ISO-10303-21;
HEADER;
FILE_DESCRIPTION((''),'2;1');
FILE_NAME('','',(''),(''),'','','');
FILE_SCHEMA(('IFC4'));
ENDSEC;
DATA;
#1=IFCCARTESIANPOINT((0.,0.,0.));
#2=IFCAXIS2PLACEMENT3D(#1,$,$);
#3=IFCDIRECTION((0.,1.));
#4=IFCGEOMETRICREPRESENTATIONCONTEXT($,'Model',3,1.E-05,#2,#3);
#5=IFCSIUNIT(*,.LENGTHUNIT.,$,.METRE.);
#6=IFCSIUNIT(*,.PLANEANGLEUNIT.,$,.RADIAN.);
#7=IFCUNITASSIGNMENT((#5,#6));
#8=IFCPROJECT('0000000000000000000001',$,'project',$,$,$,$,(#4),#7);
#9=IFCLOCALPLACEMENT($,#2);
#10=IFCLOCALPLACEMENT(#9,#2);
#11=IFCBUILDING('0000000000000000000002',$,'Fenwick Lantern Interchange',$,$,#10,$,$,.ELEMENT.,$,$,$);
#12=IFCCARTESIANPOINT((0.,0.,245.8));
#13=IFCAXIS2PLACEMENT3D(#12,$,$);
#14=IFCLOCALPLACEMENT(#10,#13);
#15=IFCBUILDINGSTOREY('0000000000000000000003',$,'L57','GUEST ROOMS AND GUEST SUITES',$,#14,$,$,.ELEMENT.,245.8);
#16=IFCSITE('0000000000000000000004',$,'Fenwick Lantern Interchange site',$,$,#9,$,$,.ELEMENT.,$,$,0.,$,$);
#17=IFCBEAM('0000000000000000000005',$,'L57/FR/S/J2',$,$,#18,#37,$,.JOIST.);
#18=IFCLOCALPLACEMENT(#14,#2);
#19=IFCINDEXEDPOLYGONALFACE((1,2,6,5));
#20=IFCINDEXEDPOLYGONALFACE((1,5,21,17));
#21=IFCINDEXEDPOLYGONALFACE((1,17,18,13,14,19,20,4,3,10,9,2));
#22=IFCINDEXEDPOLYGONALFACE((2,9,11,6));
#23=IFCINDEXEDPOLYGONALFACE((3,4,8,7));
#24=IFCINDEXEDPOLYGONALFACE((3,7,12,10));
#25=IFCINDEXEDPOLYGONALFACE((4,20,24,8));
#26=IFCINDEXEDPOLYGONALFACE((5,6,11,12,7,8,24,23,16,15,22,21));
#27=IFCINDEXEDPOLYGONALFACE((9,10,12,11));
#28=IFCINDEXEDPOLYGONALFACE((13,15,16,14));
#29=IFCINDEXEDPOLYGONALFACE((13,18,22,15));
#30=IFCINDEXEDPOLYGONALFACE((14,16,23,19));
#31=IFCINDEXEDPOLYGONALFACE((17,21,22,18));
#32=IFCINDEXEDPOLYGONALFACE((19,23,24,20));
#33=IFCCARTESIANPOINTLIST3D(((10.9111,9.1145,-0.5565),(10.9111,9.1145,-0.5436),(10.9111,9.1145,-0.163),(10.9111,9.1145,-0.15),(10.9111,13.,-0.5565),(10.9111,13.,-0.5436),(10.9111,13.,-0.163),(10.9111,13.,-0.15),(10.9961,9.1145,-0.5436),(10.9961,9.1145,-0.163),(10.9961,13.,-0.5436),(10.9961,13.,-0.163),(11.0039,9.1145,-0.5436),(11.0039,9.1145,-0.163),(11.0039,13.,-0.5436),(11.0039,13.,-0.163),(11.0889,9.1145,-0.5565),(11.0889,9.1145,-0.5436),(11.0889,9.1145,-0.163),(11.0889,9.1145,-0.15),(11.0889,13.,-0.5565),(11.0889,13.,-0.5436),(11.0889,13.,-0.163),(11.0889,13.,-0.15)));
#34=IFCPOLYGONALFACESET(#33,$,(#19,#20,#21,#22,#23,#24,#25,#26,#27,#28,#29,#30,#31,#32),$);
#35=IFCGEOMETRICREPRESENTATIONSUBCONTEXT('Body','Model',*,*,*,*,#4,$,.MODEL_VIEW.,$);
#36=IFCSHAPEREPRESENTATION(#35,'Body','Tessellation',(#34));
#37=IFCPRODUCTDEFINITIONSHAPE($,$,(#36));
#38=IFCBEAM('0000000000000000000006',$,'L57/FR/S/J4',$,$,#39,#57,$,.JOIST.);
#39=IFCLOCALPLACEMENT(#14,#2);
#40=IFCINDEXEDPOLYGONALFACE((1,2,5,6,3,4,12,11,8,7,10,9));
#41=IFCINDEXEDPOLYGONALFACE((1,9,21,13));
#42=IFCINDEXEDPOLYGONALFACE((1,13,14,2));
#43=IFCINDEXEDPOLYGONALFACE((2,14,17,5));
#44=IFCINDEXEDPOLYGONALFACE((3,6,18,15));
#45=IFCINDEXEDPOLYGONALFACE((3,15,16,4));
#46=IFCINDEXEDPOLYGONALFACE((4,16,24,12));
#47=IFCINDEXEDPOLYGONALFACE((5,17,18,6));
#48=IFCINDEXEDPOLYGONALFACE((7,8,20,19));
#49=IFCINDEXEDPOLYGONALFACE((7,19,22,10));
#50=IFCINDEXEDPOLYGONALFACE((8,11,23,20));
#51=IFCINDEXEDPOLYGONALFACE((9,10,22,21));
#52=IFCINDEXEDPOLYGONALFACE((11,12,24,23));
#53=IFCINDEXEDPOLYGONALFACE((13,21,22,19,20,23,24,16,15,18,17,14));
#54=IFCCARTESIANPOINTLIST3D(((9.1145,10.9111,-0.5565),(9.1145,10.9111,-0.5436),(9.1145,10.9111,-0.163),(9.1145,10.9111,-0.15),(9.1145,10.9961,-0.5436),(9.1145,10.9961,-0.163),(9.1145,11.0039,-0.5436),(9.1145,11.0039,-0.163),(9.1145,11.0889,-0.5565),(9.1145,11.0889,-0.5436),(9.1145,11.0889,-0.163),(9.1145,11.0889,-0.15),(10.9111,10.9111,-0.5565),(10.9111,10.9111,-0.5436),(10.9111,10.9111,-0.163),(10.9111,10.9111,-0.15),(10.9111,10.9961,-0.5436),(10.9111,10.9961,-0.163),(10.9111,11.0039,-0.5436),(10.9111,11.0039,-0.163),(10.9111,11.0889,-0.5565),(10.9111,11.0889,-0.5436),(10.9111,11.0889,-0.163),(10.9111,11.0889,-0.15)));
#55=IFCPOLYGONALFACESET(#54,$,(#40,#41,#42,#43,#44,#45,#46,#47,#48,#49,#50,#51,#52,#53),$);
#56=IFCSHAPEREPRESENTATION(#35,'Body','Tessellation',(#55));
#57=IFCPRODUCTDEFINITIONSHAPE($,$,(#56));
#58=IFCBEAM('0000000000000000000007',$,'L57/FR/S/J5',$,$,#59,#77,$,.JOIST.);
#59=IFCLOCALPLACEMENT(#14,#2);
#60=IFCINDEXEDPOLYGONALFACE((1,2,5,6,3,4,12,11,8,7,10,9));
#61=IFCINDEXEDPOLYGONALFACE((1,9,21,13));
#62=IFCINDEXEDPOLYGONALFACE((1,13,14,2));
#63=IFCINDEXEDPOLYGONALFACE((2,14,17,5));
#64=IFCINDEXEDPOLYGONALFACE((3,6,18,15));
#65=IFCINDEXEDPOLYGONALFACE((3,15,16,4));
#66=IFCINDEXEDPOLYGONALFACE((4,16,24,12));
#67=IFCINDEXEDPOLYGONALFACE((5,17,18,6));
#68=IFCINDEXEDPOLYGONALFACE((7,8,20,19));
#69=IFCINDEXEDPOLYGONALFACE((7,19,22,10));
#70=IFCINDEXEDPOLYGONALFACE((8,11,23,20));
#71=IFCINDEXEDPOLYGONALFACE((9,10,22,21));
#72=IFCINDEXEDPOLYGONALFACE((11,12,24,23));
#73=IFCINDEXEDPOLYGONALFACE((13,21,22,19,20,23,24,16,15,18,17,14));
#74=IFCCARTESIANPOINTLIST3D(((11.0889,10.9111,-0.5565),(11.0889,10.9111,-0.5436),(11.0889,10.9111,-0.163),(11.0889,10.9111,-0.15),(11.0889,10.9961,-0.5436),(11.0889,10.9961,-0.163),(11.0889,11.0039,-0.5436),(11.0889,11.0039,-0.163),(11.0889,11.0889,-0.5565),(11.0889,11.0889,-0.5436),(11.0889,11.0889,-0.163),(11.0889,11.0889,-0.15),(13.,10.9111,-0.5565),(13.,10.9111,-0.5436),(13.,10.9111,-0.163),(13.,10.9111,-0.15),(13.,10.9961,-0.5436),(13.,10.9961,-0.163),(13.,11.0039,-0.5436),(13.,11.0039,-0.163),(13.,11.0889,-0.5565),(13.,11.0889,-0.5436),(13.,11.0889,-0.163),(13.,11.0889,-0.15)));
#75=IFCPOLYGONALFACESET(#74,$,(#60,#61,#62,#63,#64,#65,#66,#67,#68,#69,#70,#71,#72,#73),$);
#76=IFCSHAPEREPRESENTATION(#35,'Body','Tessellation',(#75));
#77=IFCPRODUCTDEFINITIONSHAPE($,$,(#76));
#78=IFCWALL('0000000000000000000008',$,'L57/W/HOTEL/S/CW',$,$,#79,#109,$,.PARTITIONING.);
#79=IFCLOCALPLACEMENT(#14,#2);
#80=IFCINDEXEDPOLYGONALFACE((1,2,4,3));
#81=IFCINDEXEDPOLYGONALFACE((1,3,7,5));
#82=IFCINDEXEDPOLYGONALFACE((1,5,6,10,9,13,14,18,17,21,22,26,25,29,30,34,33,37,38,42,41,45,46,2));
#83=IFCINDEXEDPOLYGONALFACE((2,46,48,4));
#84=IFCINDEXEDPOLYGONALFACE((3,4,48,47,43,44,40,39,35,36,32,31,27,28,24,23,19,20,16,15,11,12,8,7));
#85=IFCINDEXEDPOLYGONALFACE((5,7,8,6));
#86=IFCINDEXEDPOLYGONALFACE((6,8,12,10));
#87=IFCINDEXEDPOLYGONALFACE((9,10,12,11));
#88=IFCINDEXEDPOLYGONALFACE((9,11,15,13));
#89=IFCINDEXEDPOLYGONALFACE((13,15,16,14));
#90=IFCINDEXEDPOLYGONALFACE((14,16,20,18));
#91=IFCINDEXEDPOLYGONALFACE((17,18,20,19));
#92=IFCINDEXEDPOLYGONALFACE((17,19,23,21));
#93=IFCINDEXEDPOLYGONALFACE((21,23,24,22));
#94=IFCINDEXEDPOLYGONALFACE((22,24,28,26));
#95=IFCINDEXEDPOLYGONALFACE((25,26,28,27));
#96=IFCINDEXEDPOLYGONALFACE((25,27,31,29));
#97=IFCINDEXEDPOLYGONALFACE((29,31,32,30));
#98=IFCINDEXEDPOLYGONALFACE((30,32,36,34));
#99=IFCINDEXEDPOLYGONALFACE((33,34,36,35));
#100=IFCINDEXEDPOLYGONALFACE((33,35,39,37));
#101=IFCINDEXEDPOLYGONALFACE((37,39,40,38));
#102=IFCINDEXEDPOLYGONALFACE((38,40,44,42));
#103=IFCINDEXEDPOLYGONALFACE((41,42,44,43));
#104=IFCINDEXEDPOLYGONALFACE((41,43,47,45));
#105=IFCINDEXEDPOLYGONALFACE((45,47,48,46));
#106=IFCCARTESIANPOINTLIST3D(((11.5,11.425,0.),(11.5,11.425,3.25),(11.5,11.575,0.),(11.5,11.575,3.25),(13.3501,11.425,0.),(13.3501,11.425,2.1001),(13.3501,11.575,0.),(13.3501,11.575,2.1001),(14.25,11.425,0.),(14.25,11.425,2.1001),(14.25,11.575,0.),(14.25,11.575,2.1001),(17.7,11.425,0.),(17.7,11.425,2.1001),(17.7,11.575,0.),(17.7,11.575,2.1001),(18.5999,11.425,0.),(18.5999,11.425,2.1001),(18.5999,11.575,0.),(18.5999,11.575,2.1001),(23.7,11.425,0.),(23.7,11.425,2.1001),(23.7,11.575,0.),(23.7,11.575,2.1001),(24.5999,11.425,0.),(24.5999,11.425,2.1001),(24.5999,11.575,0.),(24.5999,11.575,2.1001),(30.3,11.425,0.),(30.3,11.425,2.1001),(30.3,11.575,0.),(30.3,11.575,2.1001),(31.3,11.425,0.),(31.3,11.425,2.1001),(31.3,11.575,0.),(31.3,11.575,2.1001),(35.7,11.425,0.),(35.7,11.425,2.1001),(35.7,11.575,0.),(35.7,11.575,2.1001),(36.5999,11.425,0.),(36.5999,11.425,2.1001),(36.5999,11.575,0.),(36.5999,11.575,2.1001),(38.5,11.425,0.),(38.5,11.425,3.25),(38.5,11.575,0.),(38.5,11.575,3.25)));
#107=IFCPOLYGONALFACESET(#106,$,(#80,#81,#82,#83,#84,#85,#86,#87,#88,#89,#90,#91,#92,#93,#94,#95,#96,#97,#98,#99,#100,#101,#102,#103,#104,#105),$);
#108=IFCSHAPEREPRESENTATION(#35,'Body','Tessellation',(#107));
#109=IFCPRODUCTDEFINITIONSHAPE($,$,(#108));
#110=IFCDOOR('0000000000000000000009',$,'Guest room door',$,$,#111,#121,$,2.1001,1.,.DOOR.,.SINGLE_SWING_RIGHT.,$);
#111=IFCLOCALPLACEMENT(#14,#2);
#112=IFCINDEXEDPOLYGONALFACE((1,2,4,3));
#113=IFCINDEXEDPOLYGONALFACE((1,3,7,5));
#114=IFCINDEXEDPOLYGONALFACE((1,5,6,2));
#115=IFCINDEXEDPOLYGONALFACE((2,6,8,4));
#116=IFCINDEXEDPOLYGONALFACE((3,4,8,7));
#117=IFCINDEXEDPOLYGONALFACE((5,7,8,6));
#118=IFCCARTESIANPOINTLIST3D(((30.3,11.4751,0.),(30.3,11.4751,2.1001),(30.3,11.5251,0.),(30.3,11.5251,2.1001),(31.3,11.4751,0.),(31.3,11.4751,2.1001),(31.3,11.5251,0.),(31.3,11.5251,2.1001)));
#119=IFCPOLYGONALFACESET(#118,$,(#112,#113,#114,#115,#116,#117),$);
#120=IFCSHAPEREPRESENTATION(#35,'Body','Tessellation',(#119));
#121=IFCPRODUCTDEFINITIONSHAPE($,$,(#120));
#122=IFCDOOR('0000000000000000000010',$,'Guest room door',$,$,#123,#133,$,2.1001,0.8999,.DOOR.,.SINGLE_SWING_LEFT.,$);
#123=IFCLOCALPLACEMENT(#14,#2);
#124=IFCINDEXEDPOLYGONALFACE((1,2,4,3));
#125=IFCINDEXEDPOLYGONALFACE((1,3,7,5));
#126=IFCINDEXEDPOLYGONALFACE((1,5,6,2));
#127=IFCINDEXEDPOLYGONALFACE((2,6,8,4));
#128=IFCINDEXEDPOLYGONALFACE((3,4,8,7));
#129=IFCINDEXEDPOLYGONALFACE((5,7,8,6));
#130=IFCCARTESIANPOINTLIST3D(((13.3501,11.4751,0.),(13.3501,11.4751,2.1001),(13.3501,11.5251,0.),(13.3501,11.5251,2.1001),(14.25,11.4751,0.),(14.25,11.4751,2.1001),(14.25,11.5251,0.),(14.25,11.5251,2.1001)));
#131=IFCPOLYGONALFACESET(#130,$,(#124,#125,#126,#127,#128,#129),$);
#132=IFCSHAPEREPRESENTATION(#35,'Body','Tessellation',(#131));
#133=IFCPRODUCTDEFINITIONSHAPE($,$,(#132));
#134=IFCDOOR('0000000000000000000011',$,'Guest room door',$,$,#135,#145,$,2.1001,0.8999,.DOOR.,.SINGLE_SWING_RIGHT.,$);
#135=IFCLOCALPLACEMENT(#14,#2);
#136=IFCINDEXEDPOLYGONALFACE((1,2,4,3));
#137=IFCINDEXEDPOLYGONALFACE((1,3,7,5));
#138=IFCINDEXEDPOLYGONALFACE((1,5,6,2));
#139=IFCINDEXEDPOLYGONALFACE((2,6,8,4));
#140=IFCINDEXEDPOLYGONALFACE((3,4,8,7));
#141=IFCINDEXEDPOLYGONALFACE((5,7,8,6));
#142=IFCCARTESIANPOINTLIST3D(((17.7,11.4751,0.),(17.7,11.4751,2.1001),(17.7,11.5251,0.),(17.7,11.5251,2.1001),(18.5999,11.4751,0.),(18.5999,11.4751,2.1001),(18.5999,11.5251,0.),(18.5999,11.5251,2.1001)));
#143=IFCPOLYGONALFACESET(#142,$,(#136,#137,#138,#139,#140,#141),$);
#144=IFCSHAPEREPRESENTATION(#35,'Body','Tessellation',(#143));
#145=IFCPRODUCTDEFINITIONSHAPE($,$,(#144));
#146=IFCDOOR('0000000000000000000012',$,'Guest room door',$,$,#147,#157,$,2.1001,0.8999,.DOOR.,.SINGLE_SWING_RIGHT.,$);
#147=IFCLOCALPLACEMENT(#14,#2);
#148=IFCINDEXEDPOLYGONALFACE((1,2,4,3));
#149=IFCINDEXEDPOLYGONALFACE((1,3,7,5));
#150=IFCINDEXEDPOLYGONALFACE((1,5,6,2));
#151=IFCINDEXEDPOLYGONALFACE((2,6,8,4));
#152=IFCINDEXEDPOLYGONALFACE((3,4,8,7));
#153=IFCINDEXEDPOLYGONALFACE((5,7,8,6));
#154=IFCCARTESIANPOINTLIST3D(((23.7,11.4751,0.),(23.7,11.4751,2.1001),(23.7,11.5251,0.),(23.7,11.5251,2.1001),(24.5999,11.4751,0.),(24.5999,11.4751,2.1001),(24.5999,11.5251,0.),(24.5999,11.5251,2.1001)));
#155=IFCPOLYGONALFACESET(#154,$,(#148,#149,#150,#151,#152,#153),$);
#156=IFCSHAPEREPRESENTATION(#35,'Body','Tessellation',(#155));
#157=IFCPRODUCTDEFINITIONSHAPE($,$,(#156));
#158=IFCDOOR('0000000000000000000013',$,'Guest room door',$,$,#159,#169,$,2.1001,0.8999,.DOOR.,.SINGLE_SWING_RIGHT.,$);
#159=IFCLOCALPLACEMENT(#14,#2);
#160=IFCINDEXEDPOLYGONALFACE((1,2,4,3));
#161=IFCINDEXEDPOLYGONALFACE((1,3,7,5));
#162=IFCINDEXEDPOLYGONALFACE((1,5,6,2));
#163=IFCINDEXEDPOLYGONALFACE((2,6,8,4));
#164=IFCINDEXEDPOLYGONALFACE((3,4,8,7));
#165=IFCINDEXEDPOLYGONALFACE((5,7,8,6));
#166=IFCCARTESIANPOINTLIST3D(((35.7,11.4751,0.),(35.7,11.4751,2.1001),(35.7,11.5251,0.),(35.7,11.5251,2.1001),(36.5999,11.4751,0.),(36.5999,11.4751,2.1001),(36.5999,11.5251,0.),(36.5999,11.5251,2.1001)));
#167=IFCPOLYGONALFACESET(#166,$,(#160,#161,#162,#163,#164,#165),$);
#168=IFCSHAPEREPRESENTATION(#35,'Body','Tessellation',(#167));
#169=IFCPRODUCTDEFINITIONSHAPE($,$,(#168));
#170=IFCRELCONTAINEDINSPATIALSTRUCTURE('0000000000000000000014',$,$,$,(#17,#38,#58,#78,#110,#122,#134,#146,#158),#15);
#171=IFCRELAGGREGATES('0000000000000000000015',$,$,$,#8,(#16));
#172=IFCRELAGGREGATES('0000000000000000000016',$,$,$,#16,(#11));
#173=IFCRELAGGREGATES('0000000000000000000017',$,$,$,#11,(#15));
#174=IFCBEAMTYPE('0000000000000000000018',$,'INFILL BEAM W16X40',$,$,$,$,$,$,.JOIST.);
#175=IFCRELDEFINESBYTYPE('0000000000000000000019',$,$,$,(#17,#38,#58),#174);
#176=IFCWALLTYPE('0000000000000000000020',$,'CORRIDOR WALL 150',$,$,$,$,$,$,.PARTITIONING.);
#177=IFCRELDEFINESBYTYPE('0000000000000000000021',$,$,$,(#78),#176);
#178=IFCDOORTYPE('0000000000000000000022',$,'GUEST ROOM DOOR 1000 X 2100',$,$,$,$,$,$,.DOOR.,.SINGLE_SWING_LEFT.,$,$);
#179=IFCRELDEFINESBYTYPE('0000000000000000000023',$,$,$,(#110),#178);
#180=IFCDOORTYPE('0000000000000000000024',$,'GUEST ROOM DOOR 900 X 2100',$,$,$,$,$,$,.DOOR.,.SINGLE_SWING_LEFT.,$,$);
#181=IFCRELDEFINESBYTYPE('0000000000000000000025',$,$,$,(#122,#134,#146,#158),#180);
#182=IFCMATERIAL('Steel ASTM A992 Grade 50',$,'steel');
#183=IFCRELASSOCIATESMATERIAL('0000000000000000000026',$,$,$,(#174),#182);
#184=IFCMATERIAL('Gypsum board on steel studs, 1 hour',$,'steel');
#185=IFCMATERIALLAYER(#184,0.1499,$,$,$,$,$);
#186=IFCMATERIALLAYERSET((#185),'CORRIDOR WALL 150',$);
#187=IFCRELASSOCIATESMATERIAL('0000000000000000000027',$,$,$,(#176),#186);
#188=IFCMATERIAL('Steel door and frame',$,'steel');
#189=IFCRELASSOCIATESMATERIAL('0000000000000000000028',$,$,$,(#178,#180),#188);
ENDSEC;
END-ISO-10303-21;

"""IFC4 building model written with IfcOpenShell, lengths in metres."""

from ifc_helpers import new_model, si_unit, direction, frame, frame_2d, origin, origin_2d, place, context, subcontext, project, spatial, rectangle, i_section, extrude, material, layer, layer_set, material_profile, profile_set, type_object, element, fill, save


model = new_model("IFC4")

# Units and contexts
model_context = context("Model", 3, precision=1e-05, world=origin(), true_north=direction((0.0, 1.0)))
body_context = subcontext(model_context, "Body", "Model", "MODEL_VIEW")
ifc_project = project(units=[si_unit("LENGTHUNIT", "METRE"), si_unit("PLANEANGLEUNIT", "RADIAN")], contexts=[model_context])

# Site, building, storey
site_placement = place(None, origin())
site = spatial("IfcSite", under=ifc_project, at=site_placement, Name="Fenwick Lantern Interchange site", CompositionType="ELEMENT", RefElevation=0.0)
building_placement = place(site_placement, origin())
building = spatial("IfcBuilding", under=site, at=building_placement, Name="Fenwick Lantern Interchange", CompositionType="ELEMENT")
storey_placement = place(building_placement, frame((0.0, 0.0, 245.8)))
storey = spatial("IfcBuildingStorey", under=building, at=storey_placement, Name="L57", Description="GUEST ROOMS AND GUEST SUITES", CompositionType="ELEMENT", Elevation=245.8)

# Beams
ifc_material_1 = material(Name="Steel ASTM A992 Grade 50", Category="steel")
ifc_material_profile = material_profile(ifc_material_1, i_section(OverallWidth=0.1777, OverallDepth=0.4065, WebThickness=0.0078, FlangeThickness=0.0129, at=origin_2d()), Name="W16X40")
ifc_profile_set = profile_set([ifc_material_profile], Name="Steel ASTM A992 Grade 50")
beam_type = type_object("IfcBeamType", Name="INFILL BEAM W16X40", PredefinedType="JOIST", material=ifc_profile_set)
beam_1_placement = place(storey_placement, frame((11.0, 9.1145, -0.3533), z_axis=(0.0, 1.0, 0.0), x_axis=(-1.0, 0.0, 0.0)))
element("IfcBeam", 1, at=beam_1_placement, inside=storey, type_object=beam_type, Name="L57/FR/S/J2", PredefinedType="JOIST", context=body_context, shape_type="SweptSolid", body=[
    extrude(i_section(OverallWidth=0.1777, OverallDepth=0.4065, WebThickness=0.0078, FlangeThickness=0.0129, at=origin_2d()), origin(), (0.0, 0.0, 1.0), 3.8855),
])
beam_2_placement = place(storey_placement, frame((9.1145, 11.0, -0.3533), z_axis=(1.0, 0.0, 0.0), x_axis=(0.0, 1.0, 0.0)))
element("IfcBeam", 2, at=beam_2_placement, inside=storey, type_object=beam_type, Name="L57/FR/S/J4", PredefinedType="JOIST", context=body_context, shape_type="SweptSolid", body=[
    extrude(i_section(OverallWidth=0.1777, OverallDepth=0.4065, WebThickness=0.0078, FlangeThickness=0.0129, at=origin_2d()), origin(), (0.0, 0.0, 1.0), 1.7966),
])
beam_3_placement = place(storey_placement, frame((11.0889, 11.0, -0.3533), z_axis=(1.0, 0.0, 0.0), x_axis=(0.0, 1.0, 0.0)))
element("IfcBeam", 3, at=beam_3_placement, inside=storey, type_object=beam_type, Name="L57/FR/S/J5", PredefinedType="JOIST", context=body_context, shape_type="SweptSolid", body=[
    extrude(i_section(OverallWidth=0.1777, OverallDepth=0.4065, WebThickness=0.0078, FlangeThickness=0.0129, at=origin_2d()), origin(), (0.0, 0.0, 1.0), 1.9111),
])

# Wall, openings, doors
ifc_material_2 = material(Name="Gypsum board on steel studs, 1 hour", Category="steel")
ifc_layer = layer(ifc_material_2, 0.1499)
ifc_layer_set = layer_set([ifc_layer], Name="CORRIDOR WALL 150")
wall_type = type_object("IfcWallType", Name="CORRIDOR WALL 150", PredefinedType="PARTITIONING", material=ifc_layer_set)
wall_placement = place(storey_placement, frame((11.5, 11.5, 0.0), z_axis=(0.0, 0.0, 1.0), x_axis=(1.0, 0.0, 0.0)))
wall = element("IfcWall", 4, at=wall_placement, inside=storey, type_object=wall_type, Name="L57/W/HOTEL/S/CW", PredefinedType="PARTITIONING", context=body_context, shape_type="SweptSolid", body=[
    extrude(rectangle(XDim=27.0, YDim=0.1499, at=frame_2d((13.5, 0.0))), origin(), (0.0, 0.0, 1.0), 3.25),
])
opening_1_placement = place(wall_placement, frame((1.8501, 0.0, 0.0)))
opening_1 = element("IfcOpeningElement", 5, at=opening_1_placement, cuts=wall, PredefinedType="OPENING", context=body_context, shape_type="SweptSolid", body=[
    extrude(rectangle(XDim=0.8999, YDim=2.1001, at=frame_2d((0.45, 1.05))), frame((0.0, 0.085, 0.0), z_axis=(0.0, -1.0, 0.0), x_axis=(1.0, 0.0, 0.0)), (0.0, 0.0, 1.0), 0.1699),
])
opening_2_placement = place(wall_placement, frame((6.2, 0.0, 0.0)))
opening_2 = element("IfcOpeningElement", 6, at=opening_2_placement, cuts=wall, PredefinedType="OPENING", context=body_context, shape_type="SweptSolid", body=[
    extrude(rectangle(XDim=0.8999, YDim=2.1001, at=frame_2d((0.45, 1.05))), frame((0.0, 0.085, 0.0), z_axis=(0.0, -1.0, 0.0), x_axis=(1.0, 0.0, 0.0)), (0.0, 0.0, 1.0), 0.1699),
])
opening_3_placement = place(wall_placement, frame((12.2, 0.0, 0.0)))
opening_3 = element("IfcOpeningElement", 7, at=opening_3_placement, cuts=wall, PredefinedType="OPENING", context=body_context, shape_type="SweptSolid", body=[
    extrude(rectangle(XDim=0.8999, YDim=2.1001, at=frame_2d((0.45, 1.05))), frame((0.0, 0.085, 0.0), z_axis=(0.0, -1.0, 0.0), x_axis=(1.0, 0.0, 0.0)), (0.0, 0.0, 1.0), 0.1699),
])
opening_4_placement = place(wall_placement, frame((18.8, 0.0, 0.0)))
opening_4 = element("IfcOpeningElement", 8, at=opening_4_placement, cuts=wall, PredefinedType="OPENING", context=body_context, shape_type="SweptSolid", body=[
    extrude(rectangle(XDim=1.0, YDim=2.1001, at=frame_2d((0.5, 1.05))), frame((0.0, 0.085, 0.0), z_axis=(0.0, -1.0, 0.0), x_axis=(1.0, 0.0, 0.0)), (0.0, 0.0, 1.0), 0.1699),
])
opening_5_placement = place(wall_placement, frame((24.2, 0.0, 0.0)))
opening_5 = element("IfcOpeningElement", 9, at=opening_5_placement, cuts=wall, PredefinedType="OPENING", context=body_context, shape_type="SweptSolid", body=[
    extrude(rectangle(XDim=0.8999, YDim=2.1001, at=frame_2d((0.45, 1.05))), frame((0.0, 0.085, 0.0), z_axis=(0.0, -1.0, 0.0), x_axis=(1.0, 0.0, 0.0)), (0.0, 0.0, 1.0), 0.1699),
])
ifc_material_3 = material(Name="Steel door and frame", Category="steel")
door_type_1 = type_object("IfcDoorType", Name="GUEST ROOM DOOR 1000 X 2100", OperationType="SINGLE_SWING_LEFT", PredefinedType="DOOR", material=ifc_material_3)
door_1_placement = place(opening_4_placement, frame((1.0, 0.0, 0.0), z_axis=(0.0, 0.0, 1.0), x_axis=(-1.0, 0.0, 0.0)))
door_1 = element("IfcDoor", 10, at=door_1_placement, inside=storey, type_object=door_type_1, Name="Guest room door", OperationType="SINGLE_SWING_RIGHT", OverallHeight=2.1001, OverallWidth=1.0, PredefinedType="DOOR", context=body_context, shape_type="SweptSolid", body=[
    extrude(rectangle(XDim=1.0, YDim=2.1001, at=frame_2d((0.5, 1.05))), frame((0.0, 0.0249, 0.0), z_axis=(0.0, -1.0, 0.0), x_axis=(1.0, 0.0, 0.0)), (0.0, 0.0, 1.0), 0.05),
])
fill(opening_4, door_1)
door_type_2 = type_object("IfcDoorType", Name="GUEST ROOM DOOR 900 X 2100", OperationType="SINGLE_SWING_LEFT", PredefinedType="DOOR", material=ifc_material_3)
door_2_placement = place(opening_1_placement, frame((0.8999, 0.0, 0.0), z_axis=(0.0, 0.0, 1.0), x_axis=(-1.0, 0.0, 0.0)))
door_2 = element("IfcDoor", 11, at=door_2_placement, inside=storey, type_object=door_type_2, Name="Guest room door", OperationType="SINGLE_SWING_LEFT", OverallHeight=2.1001, OverallWidth=0.8999, PredefinedType="DOOR", context=body_context, shape_type="SweptSolid", body=[
    extrude(rectangle(XDim=0.8999, YDim=2.1001, at=frame_2d((0.45, 1.05))), frame((0.0, 0.0249, 0.0), z_axis=(0.0, -1.0, 0.0), x_axis=(1.0, 0.0, 0.0)), (0.0, 0.0, 1.0), 0.05),
])
fill(opening_1, door_2)
door_3_placement = place(opening_2_placement, frame((0.8999, 0.0, 0.0), z_axis=(0.0, 0.0, 1.0), x_axis=(-1.0, 0.0, 0.0)))
door_3 = element("IfcDoor", 12, at=door_3_placement, inside=storey, type_object=door_type_2, Name="Guest room door", OperationType="SINGLE_SWING_RIGHT", OverallHeight=2.1001, OverallWidth=0.8999, PredefinedType="DOOR", context=body_context, shape_type="SweptSolid", body=[
    extrude(rectangle(XDim=0.8999, YDim=2.1001, at=frame_2d((0.45, 1.05))), frame((0.0, 0.0249, 0.0), z_axis=(0.0, -1.0, 0.0), x_axis=(1.0, 0.0, 0.0)), (0.0, 0.0, 1.0), 0.05),
])
fill(opening_2, door_3)
door_4_placement = place(opening_3_placement, frame((0.8999, 0.0, 0.0), z_axis=(0.0, 0.0, 1.0), x_axis=(-1.0, 0.0, 0.0)))
door_4 = element("IfcDoor", 13, at=door_4_placement, inside=storey, type_object=door_type_2, Name="Guest room door", OperationType="SINGLE_SWING_RIGHT", OverallHeight=2.1001, OverallWidth=0.8999, PredefinedType="DOOR", context=body_context, shape_type="SweptSolid", body=[
    extrude(rectangle(XDim=0.8999, YDim=2.1001, at=frame_2d((0.45, 1.05))), frame((0.0, 0.0249, 0.0), z_axis=(0.0, -1.0, 0.0), x_axis=(1.0, 0.0, 0.0)), (0.0, 0.0, 1.0), 0.05),
])
fill(opening_3, door_4)
door_5_placement = place(opening_5_placement, frame((0.8999, 0.0, 0.0), z_axis=(0.0, 0.0, 1.0), x_axis=(-1.0, 0.0, 0.0)))
door_5 = element("IfcDoor", 14, at=door_5_placement, inside=storey, type_object=door_type_2, Name="Guest room door", OperationType="SINGLE_SWING_RIGHT", OverallHeight=2.1001, OverallWidth=0.8999, PredefinedType="DOOR", context=body_context, shape_type="SweptSolid", body=[
    extrude(rectangle(XDim=0.8999, YDim=2.1001, at=frame_2d((0.45, 1.05))), frame((0.0, 0.0249, 0.0), z_axis=(0.0, -1.0, 0.0), x_axis=(1.0, 0.0, 0.0)), (0.0, 0.0, 1.0), 0.05),
])
fill(opening_5, door_5)

save(model, "model.ifc")
